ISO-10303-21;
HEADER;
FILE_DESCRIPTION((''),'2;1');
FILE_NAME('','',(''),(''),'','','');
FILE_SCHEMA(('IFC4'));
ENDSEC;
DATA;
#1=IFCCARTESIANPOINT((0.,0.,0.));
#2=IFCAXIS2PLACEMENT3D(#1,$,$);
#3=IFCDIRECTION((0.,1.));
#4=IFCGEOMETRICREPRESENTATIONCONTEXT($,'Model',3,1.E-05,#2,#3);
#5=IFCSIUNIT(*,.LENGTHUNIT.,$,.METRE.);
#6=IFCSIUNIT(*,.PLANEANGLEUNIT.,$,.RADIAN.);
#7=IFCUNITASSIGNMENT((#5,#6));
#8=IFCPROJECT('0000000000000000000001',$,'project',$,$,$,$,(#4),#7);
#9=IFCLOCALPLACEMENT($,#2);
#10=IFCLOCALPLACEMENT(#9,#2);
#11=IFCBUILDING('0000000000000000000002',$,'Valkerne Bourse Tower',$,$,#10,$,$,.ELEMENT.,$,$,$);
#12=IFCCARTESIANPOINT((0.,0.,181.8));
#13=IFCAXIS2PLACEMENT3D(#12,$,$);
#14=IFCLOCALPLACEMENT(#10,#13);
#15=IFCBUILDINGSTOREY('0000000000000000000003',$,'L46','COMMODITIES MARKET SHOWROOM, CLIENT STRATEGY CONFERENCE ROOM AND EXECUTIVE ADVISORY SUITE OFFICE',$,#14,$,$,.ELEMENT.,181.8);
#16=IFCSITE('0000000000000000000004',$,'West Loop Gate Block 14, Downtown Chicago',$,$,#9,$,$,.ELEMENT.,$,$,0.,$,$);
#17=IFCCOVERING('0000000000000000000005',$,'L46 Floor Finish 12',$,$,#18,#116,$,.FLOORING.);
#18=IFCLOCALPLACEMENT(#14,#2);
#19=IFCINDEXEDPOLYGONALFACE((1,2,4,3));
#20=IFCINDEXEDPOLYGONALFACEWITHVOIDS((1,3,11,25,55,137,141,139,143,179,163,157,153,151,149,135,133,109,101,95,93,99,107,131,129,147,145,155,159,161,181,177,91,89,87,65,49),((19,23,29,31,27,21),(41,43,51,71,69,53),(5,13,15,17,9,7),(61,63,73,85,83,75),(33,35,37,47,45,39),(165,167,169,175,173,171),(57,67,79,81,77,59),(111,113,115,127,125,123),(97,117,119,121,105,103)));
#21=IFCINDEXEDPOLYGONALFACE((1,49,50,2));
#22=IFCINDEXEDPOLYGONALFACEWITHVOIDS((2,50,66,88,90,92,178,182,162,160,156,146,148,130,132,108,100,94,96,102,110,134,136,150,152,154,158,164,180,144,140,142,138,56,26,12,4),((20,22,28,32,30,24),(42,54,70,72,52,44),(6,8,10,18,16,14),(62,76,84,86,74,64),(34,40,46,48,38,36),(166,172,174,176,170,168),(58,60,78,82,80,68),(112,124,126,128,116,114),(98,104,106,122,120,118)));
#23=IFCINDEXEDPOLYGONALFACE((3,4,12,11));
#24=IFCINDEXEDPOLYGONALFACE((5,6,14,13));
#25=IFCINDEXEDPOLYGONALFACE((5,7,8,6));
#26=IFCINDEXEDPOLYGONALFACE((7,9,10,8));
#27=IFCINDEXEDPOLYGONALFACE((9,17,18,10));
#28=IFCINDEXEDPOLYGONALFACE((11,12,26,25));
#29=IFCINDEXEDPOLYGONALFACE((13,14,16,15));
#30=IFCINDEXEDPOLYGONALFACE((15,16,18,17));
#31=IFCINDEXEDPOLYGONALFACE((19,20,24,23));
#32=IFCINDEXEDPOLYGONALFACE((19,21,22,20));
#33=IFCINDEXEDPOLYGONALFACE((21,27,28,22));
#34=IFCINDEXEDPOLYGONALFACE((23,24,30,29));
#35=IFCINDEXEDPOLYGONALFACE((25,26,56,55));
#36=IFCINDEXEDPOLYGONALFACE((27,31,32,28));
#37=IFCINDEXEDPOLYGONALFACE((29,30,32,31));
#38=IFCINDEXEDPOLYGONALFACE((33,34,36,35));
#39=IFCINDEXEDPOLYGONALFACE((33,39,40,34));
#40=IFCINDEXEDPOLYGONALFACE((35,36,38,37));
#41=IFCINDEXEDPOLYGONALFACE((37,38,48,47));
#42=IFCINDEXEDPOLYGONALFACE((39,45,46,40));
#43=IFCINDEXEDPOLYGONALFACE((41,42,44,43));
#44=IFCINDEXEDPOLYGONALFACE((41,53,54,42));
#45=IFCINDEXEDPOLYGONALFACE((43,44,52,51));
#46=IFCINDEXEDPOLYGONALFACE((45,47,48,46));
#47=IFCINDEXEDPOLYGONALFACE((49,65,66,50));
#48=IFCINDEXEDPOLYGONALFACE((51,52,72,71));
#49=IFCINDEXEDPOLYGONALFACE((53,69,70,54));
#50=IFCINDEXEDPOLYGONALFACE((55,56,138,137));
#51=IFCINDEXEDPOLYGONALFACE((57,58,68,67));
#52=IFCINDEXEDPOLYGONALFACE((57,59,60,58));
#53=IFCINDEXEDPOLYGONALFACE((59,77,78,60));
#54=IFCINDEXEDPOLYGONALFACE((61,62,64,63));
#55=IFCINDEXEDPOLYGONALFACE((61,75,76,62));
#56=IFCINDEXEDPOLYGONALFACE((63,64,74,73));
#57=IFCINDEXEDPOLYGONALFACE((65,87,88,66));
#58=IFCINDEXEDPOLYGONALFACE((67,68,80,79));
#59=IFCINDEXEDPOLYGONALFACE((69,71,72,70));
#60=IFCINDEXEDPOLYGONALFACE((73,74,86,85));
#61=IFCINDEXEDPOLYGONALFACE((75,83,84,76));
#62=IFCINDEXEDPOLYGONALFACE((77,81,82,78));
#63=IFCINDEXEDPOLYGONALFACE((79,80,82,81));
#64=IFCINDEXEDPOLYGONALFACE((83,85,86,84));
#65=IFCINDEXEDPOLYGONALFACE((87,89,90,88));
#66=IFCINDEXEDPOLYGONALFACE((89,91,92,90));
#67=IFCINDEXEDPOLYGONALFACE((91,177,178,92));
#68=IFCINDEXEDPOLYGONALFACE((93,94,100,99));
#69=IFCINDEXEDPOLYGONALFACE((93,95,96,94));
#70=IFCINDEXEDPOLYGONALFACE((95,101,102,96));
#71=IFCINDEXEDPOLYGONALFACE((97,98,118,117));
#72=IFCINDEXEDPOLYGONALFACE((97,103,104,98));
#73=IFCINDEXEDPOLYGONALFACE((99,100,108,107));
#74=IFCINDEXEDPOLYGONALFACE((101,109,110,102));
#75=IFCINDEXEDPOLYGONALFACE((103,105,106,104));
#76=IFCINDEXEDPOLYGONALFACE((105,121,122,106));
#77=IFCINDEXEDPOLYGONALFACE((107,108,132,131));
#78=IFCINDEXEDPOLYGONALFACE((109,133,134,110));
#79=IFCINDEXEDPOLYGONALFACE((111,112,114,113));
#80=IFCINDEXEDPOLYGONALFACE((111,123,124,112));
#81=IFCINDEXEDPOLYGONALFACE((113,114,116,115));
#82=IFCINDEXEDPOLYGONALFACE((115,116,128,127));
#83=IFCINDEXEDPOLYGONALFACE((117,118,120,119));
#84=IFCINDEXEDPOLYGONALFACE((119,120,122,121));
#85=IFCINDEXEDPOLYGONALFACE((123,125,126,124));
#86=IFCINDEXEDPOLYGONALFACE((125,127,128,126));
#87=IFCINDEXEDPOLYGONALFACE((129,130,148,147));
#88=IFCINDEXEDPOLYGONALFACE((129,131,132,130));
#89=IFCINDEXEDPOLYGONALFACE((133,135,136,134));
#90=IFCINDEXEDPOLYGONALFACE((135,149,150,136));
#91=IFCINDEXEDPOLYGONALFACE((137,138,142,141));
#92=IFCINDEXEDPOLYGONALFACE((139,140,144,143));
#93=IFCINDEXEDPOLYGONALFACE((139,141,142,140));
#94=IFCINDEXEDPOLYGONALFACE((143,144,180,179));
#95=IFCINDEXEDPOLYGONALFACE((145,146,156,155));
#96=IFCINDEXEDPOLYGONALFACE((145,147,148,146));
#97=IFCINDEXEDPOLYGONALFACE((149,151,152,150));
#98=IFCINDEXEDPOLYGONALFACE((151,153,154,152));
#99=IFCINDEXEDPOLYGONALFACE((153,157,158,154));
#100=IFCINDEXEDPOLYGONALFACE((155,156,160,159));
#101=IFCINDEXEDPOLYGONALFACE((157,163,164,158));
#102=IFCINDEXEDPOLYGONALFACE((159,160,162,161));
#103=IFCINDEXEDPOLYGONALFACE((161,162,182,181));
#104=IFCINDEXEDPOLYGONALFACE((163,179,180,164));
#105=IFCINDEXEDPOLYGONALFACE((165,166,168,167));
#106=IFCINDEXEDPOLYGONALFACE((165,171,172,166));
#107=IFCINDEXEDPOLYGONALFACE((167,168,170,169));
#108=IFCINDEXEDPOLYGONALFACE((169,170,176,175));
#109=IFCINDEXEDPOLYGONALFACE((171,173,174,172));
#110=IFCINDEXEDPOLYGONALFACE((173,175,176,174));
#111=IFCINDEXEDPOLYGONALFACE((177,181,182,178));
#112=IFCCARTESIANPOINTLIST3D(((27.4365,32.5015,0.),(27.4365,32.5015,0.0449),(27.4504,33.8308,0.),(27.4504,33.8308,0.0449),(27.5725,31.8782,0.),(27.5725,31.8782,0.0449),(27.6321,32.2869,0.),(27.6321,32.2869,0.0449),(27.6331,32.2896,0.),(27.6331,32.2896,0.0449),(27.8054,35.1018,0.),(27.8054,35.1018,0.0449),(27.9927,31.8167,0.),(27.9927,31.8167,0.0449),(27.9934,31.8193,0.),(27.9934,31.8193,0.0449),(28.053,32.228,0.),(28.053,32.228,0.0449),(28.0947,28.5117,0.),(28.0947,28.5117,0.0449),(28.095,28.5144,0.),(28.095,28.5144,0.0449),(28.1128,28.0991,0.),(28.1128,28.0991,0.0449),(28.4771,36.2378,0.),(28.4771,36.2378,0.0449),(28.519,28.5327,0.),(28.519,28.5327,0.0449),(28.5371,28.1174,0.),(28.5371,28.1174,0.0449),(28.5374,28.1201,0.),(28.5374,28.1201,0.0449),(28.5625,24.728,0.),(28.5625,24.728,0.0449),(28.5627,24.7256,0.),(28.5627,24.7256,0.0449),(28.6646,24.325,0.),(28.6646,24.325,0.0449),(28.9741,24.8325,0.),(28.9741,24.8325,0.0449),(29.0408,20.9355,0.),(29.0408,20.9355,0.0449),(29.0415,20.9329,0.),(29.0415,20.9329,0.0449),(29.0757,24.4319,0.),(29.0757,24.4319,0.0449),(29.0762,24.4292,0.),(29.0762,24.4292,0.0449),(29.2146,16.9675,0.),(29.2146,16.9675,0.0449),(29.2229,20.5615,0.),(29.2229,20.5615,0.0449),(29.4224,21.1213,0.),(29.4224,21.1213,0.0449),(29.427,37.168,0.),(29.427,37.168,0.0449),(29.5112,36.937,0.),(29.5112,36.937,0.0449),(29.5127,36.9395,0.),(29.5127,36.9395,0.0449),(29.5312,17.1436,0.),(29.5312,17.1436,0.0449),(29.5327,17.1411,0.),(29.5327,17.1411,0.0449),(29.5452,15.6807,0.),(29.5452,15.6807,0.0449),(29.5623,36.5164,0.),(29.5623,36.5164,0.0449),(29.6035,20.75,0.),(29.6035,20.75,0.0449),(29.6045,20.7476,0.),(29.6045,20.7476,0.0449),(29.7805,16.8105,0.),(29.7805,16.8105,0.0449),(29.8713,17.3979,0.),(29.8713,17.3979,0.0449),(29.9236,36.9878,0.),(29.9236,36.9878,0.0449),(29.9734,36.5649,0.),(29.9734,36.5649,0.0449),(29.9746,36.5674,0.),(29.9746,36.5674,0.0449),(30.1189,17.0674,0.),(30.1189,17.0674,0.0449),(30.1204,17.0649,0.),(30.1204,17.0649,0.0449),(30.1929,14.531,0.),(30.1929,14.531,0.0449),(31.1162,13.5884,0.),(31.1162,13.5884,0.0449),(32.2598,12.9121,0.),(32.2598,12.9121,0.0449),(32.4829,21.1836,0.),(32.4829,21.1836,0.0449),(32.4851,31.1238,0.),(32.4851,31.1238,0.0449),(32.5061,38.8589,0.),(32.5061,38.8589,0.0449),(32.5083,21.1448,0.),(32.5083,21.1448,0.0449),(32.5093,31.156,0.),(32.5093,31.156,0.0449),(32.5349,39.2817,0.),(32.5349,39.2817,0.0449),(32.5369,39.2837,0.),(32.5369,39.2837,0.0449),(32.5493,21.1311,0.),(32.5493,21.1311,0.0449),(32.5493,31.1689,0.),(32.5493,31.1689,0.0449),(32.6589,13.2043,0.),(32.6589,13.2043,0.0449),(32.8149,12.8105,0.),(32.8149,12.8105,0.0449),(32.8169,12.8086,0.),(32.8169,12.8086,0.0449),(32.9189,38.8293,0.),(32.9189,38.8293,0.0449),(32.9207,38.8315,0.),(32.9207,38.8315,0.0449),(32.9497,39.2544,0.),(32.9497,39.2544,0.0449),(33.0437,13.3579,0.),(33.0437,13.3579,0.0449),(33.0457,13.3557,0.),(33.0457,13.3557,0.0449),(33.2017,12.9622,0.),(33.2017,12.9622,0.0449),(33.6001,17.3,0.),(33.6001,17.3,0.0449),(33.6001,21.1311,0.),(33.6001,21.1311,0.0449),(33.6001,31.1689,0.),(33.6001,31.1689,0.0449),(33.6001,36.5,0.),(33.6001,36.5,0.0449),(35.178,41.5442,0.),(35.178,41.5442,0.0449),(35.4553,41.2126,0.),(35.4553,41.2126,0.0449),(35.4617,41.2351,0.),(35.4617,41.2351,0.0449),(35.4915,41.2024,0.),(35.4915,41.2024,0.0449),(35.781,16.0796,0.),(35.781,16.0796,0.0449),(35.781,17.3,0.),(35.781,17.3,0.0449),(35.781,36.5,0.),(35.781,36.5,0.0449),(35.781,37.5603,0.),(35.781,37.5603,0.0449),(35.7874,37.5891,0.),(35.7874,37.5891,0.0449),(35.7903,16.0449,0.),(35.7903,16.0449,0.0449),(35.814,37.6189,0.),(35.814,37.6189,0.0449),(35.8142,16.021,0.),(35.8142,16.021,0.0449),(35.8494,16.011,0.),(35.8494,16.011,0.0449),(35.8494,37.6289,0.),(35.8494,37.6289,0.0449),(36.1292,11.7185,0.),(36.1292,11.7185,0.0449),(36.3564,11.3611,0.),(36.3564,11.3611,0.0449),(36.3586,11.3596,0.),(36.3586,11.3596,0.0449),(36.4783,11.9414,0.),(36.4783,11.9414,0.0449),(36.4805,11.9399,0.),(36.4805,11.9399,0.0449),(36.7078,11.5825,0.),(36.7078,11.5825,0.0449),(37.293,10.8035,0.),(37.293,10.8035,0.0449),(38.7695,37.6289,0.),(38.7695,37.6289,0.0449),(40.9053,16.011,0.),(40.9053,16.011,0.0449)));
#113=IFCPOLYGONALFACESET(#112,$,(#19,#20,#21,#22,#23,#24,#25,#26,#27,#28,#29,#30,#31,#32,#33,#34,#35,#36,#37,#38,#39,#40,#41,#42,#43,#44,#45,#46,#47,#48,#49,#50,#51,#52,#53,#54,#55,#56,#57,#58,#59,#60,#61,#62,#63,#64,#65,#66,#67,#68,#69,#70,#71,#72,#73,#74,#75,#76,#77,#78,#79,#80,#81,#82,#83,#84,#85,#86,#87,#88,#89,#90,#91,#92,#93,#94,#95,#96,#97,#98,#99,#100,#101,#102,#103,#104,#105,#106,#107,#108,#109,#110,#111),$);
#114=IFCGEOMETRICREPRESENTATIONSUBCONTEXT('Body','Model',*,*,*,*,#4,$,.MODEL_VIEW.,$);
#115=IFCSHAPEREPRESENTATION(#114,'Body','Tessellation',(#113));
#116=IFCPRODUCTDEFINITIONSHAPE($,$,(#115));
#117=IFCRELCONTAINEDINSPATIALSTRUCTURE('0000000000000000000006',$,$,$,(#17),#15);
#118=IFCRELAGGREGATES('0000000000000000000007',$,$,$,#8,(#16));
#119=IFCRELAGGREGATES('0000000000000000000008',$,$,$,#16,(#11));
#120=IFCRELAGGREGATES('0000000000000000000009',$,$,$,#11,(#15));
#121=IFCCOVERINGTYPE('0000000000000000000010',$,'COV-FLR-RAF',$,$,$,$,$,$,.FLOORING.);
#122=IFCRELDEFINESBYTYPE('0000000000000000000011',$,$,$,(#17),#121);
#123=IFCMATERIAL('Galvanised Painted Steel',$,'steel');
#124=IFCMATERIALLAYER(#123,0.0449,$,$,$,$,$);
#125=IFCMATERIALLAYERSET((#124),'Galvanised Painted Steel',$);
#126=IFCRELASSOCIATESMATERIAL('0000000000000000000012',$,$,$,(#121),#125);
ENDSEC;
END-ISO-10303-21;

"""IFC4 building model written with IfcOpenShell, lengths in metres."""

from ifc_helpers import new_model, si_unit, direction, frame, origin, place, context, subcontext, project, spatial, polyline, outline, extrude, material, layer, layer_set, type_object, element, save


model = new_model("IFC4")

# Units and contexts
model_context = context("Model", 3, precision=1e-05, world=origin(), true_north=direction((0.0, 1.0)))
body_context = subcontext(model_context, "Body", "Model", "MODEL_VIEW")
ifc_project = project(units=[si_unit("LENGTHUNIT", "METRE"), si_unit("PLANEANGLEUNIT", "RADIAN")], contexts=[model_context])

# Site, building, storey
site_placement = place(None, origin())
site = spatial("IfcSite", under=ifc_project, at=site_placement, Name="West Loop Gate Block 14, Downtown Chicago", CompositionType="ELEMENT", RefElevation=0.0)
building_placement = place(site_placement, origin())
building = spatial("IfcBuilding", under=site, at=building_placement, Name="Valkerne Bourse Tower", CompositionType="ELEMENT")
storey_placement = place(building_placement, frame((0.0, 0.0, 181.8)))
storey = spatial("IfcBuildingStorey", under=building, at=storey_placement, Name="L46", Description="COMMODITIES MARKET SHOWROOM, CLIENT STRATEGY CONFERENCE ROOM AND EXECUTIVE ADVISORY SUITE OFFICE", CompositionType="ELEMENT", Elevation=181.8)

# Covering
ifc_material_1 = material(Name="Galvanised Painted Steel", Category="steel")
ifc_layer_1 = layer(ifc_material_1, 0.0449)
ifc_layer_set_1 = layer_set([ifc_layer_1], Name="Galvanised Painted Steel")
covering_type_1 = type_object("IfcCoveringType", Name="COV-FLR-RAF", PredefinedType="FLOORING", material=ifc_layer_set_1)
covering_1_placement = place(storey_placement, origin())
element("IfcCovering", 1, at=covering_1_placement, inside=storey, type_object=covering_type_1, Name="L46 Floor Finish 12", PredefinedType="FLOORING", context=body_context, shape_type="SweptSolid", body=[
    extrude(outline(polyline([(30.1929, 14.531), (29.5452, 15.6807), (29.2146, 16.9675), (27.4365, 32.5015), (27.4504, 33.8308), (27.8054, 35.1018), (28.4771, 36.2378), (29.427, 37.168), (35.178, 41.5442), (35.4617, 41.2351), (35.4553, 41.2126), (35.4915, 41.2024), (38.7695, 37.6289), (35.8494, 37.6289), (35.814, 37.6189), (35.7874, 37.5891), (35.781, 37.5603), (35.781, 36.5), (33.6001, 36.5), (33.6001, 31.1689), (32.5493, 31.1689), (32.5093, 31.156), (32.4851, 31.1238), (32.4829, 21.1836), (32.5083, 21.1448), (32.5493, 21.1311), (33.6001, 21.1311), (33.6001, 17.3), (35.781, 17.3), (35.781, 16.0796), (35.7903, 16.0449), (35.8142, 16.021), (35.8494, 16.011), (40.9053, 16.011), (37.293, 10.8035), (32.2598, 12.9121), (31.1162, 13.5884), (30.1929, 14.531)]), holes=[polyline([(36.4805, 11.9399), (36.4783, 11.9414), (36.1292, 11.7185), (36.3564, 11.3611), (36.3586, 11.3596), (36.7078, 11.5825), (36.4805, 11.9399)]), polyline([(33.0457, 13.3557), (33.0437, 13.3579), (32.6589, 13.2043), (32.8149, 12.8105), (32.8169, 12.8086), (33.2017, 12.9622), (33.0457, 13.3557)]), polyline([(30.1204, 17.0649), (30.1189, 17.0674), (29.8713, 17.3979), (29.5312, 17.1436), (29.5327, 17.1411), (29.7805, 16.8105), (30.1204, 17.0649)]), polyline([(29.6045, 20.7476), (29.6035, 20.75), (29.4224, 21.1213), (29.0408, 20.9355), (29.0415, 20.9329), (29.2229, 20.5615), (29.6045, 20.7476)]), polyline([(29.0757, 24.4319), (28.9741, 24.8325), (28.5625, 24.728), (28.5627, 24.7256), (28.6646, 24.325), (29.0762, 24.4292), (29.0757, 24.4319)]), polyline([(28.5374, 28.1201), (28.519, 28.5327), (28.095, 28.5144), (28.0947, 28.5117), (28.1128, 28.0991), (28.5371, 28.1174), (28.5374, 28.1201)]), polyline([(27.9934, 31.8193), (28.053, 32.228), (27.6331, 32.2896), (27.6321, 32.2869), (27.5725, 31.8782), (27.9927, 31.8167), (27.9934, 31.8193)]), polyline([(29.9746, 36.5674), (29.9236, 36.9878), (29.5127, 36.9395), (29.5112, 36.937), (29.5623, 36.5164), (29.9734, 36.5649), (29.9746, 36.5674)]), polyline([(32.9497, 39.2544), (32.5369, 39.2837), (32.5349, 39.2817), (32.5061, 38.8589), (32.9189, 38.8293), (32.9207, 38.8315), (32.9497, 39.2544)])]), origin(), (0.0, 0.0, 1.0), 0.0449),
])

save(model, "model.ifc")
